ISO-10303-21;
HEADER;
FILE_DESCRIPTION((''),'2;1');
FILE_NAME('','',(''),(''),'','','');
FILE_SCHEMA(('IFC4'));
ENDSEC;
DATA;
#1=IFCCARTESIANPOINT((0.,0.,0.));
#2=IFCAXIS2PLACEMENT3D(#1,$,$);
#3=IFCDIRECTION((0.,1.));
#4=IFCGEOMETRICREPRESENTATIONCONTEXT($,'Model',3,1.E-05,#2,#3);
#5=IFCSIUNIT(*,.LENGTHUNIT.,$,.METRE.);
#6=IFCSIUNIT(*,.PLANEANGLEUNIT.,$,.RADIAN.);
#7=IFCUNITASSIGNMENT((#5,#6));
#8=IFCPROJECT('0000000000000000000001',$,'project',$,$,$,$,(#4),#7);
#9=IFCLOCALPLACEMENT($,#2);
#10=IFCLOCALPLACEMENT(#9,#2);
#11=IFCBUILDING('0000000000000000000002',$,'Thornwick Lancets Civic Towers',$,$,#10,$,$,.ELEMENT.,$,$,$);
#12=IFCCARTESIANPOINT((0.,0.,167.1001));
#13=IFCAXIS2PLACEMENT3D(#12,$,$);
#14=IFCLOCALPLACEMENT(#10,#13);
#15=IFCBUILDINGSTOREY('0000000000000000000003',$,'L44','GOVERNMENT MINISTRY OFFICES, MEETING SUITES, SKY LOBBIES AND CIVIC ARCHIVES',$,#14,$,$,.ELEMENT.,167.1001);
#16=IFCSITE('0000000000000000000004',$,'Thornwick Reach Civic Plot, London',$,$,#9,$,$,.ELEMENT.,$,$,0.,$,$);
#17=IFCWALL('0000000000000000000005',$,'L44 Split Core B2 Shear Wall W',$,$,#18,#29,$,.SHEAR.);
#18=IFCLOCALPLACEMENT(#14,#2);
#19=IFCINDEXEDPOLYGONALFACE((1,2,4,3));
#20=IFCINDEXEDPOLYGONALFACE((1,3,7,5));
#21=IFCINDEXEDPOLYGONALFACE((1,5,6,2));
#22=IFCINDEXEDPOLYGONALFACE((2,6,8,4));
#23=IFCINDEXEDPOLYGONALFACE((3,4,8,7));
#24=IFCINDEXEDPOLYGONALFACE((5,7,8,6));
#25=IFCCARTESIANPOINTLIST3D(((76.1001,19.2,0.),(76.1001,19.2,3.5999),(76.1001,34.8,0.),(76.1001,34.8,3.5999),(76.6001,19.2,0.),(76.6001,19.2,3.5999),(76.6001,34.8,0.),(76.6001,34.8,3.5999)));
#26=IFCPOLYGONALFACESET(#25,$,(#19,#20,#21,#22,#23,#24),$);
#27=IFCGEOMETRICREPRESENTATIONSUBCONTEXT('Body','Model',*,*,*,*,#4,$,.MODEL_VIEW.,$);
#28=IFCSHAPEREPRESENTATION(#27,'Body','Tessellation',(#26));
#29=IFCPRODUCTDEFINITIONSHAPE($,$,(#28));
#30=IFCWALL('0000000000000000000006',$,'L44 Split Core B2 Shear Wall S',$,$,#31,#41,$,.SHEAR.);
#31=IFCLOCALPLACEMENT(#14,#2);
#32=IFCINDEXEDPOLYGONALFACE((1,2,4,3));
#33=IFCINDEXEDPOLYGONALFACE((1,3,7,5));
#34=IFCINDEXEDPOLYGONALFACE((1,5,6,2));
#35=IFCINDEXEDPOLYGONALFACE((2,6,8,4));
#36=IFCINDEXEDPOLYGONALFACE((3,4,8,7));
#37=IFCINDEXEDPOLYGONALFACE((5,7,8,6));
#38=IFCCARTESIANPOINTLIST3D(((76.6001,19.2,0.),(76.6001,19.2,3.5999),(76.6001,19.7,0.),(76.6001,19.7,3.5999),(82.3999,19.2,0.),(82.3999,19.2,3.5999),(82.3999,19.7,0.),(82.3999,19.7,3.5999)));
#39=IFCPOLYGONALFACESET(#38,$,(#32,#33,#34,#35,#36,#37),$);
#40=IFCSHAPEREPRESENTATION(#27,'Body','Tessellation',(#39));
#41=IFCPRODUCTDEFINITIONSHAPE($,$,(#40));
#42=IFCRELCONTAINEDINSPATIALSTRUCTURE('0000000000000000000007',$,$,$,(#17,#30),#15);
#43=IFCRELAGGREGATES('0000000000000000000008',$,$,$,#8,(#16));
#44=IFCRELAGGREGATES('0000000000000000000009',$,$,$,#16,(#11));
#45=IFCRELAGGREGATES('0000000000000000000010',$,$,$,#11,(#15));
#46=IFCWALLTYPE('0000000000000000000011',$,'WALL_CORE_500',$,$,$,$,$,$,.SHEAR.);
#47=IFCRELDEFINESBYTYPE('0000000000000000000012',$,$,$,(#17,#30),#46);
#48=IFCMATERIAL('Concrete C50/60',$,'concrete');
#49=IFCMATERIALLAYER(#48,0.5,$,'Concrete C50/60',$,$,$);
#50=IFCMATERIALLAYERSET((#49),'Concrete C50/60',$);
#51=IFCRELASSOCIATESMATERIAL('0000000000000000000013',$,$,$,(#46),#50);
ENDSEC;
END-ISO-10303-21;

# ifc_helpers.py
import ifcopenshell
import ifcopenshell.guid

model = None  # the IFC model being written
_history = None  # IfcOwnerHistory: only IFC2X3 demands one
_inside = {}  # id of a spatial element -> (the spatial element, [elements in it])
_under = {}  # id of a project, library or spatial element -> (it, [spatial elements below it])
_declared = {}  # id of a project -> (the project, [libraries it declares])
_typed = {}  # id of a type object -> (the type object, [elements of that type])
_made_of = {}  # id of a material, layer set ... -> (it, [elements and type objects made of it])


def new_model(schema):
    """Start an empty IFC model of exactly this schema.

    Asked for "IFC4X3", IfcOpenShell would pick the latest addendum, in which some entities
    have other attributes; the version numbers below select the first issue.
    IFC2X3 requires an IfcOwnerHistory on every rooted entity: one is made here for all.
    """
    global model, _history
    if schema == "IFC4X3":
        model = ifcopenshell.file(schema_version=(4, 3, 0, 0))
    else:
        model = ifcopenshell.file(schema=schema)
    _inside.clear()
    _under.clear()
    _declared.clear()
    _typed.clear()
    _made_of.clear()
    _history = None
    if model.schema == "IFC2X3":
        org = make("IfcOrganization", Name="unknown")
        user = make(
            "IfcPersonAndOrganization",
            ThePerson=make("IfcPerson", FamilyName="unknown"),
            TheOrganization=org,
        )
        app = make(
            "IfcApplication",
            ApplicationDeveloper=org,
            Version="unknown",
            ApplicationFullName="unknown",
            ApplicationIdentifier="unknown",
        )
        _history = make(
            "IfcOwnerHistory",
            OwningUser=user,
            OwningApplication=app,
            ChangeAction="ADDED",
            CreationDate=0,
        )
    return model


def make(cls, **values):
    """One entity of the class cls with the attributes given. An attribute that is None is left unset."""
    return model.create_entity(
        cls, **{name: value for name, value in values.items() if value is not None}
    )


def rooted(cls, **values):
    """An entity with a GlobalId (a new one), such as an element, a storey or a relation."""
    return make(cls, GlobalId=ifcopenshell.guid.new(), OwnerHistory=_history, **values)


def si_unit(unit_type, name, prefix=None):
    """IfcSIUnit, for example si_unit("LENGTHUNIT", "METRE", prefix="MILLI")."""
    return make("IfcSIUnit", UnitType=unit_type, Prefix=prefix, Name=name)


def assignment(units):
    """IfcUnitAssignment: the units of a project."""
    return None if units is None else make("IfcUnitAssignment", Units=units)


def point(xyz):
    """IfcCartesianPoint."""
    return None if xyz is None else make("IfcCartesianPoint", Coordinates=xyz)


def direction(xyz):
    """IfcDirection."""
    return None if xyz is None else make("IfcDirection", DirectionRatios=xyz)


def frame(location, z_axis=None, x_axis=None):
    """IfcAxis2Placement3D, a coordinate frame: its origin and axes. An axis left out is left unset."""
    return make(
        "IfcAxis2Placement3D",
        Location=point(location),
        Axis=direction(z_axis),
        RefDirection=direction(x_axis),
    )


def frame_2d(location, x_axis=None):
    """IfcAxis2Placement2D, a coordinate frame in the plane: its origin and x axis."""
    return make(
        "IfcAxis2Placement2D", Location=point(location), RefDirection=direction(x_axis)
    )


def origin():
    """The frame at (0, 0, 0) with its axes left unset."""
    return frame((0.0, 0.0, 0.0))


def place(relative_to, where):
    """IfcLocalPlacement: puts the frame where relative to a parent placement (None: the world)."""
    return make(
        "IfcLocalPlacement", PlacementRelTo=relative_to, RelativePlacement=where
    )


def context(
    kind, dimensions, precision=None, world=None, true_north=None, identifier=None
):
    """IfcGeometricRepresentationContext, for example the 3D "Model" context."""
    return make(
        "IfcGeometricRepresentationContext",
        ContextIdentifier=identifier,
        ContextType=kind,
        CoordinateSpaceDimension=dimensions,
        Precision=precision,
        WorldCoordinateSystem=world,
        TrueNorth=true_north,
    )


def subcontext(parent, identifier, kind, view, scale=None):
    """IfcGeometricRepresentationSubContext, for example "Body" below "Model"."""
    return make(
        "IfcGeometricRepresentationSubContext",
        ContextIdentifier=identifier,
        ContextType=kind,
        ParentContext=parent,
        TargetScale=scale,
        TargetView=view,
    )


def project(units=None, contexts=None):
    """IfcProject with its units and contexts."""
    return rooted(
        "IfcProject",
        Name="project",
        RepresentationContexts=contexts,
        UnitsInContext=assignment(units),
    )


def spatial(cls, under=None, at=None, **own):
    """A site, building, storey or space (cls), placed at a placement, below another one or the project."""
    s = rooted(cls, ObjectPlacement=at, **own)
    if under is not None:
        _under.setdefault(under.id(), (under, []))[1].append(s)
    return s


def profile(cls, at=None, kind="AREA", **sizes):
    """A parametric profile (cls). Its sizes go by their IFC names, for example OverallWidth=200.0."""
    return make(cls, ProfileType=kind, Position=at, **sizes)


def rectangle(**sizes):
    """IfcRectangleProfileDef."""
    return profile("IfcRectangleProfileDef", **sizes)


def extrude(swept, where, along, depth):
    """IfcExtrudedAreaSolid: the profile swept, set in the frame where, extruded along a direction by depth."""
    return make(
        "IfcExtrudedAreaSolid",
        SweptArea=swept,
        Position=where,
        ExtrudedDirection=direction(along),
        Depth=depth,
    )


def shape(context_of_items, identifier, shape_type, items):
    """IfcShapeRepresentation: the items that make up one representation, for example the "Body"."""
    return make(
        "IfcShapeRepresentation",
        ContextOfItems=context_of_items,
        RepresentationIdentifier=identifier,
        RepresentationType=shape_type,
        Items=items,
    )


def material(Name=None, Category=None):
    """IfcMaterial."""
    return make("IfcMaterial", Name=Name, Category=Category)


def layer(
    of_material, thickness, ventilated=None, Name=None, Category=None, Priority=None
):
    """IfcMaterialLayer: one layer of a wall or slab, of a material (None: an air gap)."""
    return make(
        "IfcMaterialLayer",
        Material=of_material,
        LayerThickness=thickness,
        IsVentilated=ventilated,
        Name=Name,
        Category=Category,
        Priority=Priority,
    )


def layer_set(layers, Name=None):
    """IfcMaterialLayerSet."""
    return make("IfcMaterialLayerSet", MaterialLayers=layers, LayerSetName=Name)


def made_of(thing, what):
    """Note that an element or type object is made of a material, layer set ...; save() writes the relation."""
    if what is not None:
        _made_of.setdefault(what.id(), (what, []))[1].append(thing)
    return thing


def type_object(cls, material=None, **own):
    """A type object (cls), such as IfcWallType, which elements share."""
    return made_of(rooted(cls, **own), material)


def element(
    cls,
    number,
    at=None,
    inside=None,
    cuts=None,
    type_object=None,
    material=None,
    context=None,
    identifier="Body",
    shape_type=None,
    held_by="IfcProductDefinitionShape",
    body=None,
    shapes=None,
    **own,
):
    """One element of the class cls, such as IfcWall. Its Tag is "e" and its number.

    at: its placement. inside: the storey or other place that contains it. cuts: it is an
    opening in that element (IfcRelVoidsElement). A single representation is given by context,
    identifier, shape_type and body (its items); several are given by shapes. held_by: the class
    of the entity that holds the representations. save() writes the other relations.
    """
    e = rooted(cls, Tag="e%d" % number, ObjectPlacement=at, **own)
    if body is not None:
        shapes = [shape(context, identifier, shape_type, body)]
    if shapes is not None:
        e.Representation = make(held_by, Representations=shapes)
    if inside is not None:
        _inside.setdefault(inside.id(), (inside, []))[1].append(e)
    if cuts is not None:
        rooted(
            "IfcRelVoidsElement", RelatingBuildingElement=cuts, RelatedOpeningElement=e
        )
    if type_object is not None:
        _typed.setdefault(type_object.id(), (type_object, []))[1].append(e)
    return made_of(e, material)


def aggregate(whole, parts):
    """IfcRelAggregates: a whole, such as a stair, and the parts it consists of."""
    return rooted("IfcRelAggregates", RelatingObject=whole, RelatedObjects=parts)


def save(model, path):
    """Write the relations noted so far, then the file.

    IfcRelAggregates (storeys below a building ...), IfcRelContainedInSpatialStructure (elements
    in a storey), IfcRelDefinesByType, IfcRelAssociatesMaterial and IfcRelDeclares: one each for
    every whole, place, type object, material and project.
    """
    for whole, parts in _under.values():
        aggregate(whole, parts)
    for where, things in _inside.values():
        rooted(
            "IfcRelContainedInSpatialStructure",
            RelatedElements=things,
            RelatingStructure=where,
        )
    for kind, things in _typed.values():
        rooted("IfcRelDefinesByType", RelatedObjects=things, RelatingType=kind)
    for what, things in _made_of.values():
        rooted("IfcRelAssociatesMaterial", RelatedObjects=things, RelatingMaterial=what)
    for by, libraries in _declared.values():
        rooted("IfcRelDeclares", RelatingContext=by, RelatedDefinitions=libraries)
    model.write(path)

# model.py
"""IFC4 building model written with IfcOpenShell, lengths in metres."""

from ifc_helpers import new_model, si_unit, direction, frame, frame_2d, origin, place, context, subcontext, project, spatial, rectangle, extrude, material, layer, layer_set, type_object, element, save


model = new_model("IFC4")

# Units and contexts
model_context = context("Model", 3, precision=1e-05, world=origin(), true_north=direction((0.0, 1.0)))
body_context = subcontext(model_context, "Body", "Model", "MODEL_VIEW")
ifc_project = project(units=[si_unit("LENGTHUNIT", "METRE"), si_unit("PLANEANGLEUNIT", "RADIAN")], contexts=[model_context])

# Site, building, storey
site_placement = place(None, origin())
site = spatial("IfcSite", under=ifc_project, at=site_placement, Name="Thornwick Reach Civic Plot, London", CompositionType="ELEMENT", RefElevation=0.0)
building_placement = place(site_placement, origin())
building = spatial("IfcBuilding", under=site, at=building_placement, Name="Thornwick Lancets Civic Towers", CompositionType="ELEMENT")
storey_placement = place(building_placement, frame((0.0, 0.0, 167.1001)))
storey = spatial("IfcBuildingStorey", under=building, at=storey_placement, Name="L44", Description="GOVERNMENT MINISTRY OFFICES, MEETING SUITES, SKY LOBBIES AND CIVIC ARCHIVES", CompositionType="ELEMENT", Elevation=167.1001)

# Shared definitions
ifc_material_1 = material(Name="Concrete C50/60", Category="concrete")

# Walls
ifc_layer_1 = layer(ifc_material_1, 0.5, Name="Concrete C50/60")
ifc_layer_set_1 = layer_set([ifc_layer_1], Name="Concrete C50/60")
wall_type_1 = type_object("IfcWallType", Name="WALL_CORE_500", PredefinedType="SHEAR", material=ifc_layer_set_1)
wall_1_placement = place(storey_placement, frame((76.3501, 19.2, 0.0), z_axis=(0.0, 0.0, 1.0), x_axis=(0.0, 1.0, 0.0)))
element("IfcWall", 1, at=wall_1_placement, inside=storey, type_object=wall_type_1, Name="L44 Split Core B2 Shear Wall W", PredefinedType="SHEAR", context=body_context, shape_type="SweptSolid", body=[
    extrude(rectangle(XDim=15.6001, YDim=0.5, at=frame_2d((7.8, 0.0))), origin(), (0.0, 0.0, 1.0), 3.5999),
])
wall_2_placement = place(storey_placement, frame((76.6001, 19.45, 0.0), z_axis=(0.0, 0.0, 1.0), x_axis=(1.0, 0.0, 0.0)))
element("IfcWall", 2, at=wall_2_placement, inside=storey, type_object=wall_type_1, Name="L44 Split Core B2 Shear Wall S", PredefinedType="SHEAR", context=body_context, shape_type="SweptSolid", body=[
    extrude(rectangle(XDim=5.7998, YDim=0.5, at=frame_2d((2.8999, 0.0))), origin(), (0.0, 0.0, 1.0), 3.5999),
])

save(model, "model.ifc")
